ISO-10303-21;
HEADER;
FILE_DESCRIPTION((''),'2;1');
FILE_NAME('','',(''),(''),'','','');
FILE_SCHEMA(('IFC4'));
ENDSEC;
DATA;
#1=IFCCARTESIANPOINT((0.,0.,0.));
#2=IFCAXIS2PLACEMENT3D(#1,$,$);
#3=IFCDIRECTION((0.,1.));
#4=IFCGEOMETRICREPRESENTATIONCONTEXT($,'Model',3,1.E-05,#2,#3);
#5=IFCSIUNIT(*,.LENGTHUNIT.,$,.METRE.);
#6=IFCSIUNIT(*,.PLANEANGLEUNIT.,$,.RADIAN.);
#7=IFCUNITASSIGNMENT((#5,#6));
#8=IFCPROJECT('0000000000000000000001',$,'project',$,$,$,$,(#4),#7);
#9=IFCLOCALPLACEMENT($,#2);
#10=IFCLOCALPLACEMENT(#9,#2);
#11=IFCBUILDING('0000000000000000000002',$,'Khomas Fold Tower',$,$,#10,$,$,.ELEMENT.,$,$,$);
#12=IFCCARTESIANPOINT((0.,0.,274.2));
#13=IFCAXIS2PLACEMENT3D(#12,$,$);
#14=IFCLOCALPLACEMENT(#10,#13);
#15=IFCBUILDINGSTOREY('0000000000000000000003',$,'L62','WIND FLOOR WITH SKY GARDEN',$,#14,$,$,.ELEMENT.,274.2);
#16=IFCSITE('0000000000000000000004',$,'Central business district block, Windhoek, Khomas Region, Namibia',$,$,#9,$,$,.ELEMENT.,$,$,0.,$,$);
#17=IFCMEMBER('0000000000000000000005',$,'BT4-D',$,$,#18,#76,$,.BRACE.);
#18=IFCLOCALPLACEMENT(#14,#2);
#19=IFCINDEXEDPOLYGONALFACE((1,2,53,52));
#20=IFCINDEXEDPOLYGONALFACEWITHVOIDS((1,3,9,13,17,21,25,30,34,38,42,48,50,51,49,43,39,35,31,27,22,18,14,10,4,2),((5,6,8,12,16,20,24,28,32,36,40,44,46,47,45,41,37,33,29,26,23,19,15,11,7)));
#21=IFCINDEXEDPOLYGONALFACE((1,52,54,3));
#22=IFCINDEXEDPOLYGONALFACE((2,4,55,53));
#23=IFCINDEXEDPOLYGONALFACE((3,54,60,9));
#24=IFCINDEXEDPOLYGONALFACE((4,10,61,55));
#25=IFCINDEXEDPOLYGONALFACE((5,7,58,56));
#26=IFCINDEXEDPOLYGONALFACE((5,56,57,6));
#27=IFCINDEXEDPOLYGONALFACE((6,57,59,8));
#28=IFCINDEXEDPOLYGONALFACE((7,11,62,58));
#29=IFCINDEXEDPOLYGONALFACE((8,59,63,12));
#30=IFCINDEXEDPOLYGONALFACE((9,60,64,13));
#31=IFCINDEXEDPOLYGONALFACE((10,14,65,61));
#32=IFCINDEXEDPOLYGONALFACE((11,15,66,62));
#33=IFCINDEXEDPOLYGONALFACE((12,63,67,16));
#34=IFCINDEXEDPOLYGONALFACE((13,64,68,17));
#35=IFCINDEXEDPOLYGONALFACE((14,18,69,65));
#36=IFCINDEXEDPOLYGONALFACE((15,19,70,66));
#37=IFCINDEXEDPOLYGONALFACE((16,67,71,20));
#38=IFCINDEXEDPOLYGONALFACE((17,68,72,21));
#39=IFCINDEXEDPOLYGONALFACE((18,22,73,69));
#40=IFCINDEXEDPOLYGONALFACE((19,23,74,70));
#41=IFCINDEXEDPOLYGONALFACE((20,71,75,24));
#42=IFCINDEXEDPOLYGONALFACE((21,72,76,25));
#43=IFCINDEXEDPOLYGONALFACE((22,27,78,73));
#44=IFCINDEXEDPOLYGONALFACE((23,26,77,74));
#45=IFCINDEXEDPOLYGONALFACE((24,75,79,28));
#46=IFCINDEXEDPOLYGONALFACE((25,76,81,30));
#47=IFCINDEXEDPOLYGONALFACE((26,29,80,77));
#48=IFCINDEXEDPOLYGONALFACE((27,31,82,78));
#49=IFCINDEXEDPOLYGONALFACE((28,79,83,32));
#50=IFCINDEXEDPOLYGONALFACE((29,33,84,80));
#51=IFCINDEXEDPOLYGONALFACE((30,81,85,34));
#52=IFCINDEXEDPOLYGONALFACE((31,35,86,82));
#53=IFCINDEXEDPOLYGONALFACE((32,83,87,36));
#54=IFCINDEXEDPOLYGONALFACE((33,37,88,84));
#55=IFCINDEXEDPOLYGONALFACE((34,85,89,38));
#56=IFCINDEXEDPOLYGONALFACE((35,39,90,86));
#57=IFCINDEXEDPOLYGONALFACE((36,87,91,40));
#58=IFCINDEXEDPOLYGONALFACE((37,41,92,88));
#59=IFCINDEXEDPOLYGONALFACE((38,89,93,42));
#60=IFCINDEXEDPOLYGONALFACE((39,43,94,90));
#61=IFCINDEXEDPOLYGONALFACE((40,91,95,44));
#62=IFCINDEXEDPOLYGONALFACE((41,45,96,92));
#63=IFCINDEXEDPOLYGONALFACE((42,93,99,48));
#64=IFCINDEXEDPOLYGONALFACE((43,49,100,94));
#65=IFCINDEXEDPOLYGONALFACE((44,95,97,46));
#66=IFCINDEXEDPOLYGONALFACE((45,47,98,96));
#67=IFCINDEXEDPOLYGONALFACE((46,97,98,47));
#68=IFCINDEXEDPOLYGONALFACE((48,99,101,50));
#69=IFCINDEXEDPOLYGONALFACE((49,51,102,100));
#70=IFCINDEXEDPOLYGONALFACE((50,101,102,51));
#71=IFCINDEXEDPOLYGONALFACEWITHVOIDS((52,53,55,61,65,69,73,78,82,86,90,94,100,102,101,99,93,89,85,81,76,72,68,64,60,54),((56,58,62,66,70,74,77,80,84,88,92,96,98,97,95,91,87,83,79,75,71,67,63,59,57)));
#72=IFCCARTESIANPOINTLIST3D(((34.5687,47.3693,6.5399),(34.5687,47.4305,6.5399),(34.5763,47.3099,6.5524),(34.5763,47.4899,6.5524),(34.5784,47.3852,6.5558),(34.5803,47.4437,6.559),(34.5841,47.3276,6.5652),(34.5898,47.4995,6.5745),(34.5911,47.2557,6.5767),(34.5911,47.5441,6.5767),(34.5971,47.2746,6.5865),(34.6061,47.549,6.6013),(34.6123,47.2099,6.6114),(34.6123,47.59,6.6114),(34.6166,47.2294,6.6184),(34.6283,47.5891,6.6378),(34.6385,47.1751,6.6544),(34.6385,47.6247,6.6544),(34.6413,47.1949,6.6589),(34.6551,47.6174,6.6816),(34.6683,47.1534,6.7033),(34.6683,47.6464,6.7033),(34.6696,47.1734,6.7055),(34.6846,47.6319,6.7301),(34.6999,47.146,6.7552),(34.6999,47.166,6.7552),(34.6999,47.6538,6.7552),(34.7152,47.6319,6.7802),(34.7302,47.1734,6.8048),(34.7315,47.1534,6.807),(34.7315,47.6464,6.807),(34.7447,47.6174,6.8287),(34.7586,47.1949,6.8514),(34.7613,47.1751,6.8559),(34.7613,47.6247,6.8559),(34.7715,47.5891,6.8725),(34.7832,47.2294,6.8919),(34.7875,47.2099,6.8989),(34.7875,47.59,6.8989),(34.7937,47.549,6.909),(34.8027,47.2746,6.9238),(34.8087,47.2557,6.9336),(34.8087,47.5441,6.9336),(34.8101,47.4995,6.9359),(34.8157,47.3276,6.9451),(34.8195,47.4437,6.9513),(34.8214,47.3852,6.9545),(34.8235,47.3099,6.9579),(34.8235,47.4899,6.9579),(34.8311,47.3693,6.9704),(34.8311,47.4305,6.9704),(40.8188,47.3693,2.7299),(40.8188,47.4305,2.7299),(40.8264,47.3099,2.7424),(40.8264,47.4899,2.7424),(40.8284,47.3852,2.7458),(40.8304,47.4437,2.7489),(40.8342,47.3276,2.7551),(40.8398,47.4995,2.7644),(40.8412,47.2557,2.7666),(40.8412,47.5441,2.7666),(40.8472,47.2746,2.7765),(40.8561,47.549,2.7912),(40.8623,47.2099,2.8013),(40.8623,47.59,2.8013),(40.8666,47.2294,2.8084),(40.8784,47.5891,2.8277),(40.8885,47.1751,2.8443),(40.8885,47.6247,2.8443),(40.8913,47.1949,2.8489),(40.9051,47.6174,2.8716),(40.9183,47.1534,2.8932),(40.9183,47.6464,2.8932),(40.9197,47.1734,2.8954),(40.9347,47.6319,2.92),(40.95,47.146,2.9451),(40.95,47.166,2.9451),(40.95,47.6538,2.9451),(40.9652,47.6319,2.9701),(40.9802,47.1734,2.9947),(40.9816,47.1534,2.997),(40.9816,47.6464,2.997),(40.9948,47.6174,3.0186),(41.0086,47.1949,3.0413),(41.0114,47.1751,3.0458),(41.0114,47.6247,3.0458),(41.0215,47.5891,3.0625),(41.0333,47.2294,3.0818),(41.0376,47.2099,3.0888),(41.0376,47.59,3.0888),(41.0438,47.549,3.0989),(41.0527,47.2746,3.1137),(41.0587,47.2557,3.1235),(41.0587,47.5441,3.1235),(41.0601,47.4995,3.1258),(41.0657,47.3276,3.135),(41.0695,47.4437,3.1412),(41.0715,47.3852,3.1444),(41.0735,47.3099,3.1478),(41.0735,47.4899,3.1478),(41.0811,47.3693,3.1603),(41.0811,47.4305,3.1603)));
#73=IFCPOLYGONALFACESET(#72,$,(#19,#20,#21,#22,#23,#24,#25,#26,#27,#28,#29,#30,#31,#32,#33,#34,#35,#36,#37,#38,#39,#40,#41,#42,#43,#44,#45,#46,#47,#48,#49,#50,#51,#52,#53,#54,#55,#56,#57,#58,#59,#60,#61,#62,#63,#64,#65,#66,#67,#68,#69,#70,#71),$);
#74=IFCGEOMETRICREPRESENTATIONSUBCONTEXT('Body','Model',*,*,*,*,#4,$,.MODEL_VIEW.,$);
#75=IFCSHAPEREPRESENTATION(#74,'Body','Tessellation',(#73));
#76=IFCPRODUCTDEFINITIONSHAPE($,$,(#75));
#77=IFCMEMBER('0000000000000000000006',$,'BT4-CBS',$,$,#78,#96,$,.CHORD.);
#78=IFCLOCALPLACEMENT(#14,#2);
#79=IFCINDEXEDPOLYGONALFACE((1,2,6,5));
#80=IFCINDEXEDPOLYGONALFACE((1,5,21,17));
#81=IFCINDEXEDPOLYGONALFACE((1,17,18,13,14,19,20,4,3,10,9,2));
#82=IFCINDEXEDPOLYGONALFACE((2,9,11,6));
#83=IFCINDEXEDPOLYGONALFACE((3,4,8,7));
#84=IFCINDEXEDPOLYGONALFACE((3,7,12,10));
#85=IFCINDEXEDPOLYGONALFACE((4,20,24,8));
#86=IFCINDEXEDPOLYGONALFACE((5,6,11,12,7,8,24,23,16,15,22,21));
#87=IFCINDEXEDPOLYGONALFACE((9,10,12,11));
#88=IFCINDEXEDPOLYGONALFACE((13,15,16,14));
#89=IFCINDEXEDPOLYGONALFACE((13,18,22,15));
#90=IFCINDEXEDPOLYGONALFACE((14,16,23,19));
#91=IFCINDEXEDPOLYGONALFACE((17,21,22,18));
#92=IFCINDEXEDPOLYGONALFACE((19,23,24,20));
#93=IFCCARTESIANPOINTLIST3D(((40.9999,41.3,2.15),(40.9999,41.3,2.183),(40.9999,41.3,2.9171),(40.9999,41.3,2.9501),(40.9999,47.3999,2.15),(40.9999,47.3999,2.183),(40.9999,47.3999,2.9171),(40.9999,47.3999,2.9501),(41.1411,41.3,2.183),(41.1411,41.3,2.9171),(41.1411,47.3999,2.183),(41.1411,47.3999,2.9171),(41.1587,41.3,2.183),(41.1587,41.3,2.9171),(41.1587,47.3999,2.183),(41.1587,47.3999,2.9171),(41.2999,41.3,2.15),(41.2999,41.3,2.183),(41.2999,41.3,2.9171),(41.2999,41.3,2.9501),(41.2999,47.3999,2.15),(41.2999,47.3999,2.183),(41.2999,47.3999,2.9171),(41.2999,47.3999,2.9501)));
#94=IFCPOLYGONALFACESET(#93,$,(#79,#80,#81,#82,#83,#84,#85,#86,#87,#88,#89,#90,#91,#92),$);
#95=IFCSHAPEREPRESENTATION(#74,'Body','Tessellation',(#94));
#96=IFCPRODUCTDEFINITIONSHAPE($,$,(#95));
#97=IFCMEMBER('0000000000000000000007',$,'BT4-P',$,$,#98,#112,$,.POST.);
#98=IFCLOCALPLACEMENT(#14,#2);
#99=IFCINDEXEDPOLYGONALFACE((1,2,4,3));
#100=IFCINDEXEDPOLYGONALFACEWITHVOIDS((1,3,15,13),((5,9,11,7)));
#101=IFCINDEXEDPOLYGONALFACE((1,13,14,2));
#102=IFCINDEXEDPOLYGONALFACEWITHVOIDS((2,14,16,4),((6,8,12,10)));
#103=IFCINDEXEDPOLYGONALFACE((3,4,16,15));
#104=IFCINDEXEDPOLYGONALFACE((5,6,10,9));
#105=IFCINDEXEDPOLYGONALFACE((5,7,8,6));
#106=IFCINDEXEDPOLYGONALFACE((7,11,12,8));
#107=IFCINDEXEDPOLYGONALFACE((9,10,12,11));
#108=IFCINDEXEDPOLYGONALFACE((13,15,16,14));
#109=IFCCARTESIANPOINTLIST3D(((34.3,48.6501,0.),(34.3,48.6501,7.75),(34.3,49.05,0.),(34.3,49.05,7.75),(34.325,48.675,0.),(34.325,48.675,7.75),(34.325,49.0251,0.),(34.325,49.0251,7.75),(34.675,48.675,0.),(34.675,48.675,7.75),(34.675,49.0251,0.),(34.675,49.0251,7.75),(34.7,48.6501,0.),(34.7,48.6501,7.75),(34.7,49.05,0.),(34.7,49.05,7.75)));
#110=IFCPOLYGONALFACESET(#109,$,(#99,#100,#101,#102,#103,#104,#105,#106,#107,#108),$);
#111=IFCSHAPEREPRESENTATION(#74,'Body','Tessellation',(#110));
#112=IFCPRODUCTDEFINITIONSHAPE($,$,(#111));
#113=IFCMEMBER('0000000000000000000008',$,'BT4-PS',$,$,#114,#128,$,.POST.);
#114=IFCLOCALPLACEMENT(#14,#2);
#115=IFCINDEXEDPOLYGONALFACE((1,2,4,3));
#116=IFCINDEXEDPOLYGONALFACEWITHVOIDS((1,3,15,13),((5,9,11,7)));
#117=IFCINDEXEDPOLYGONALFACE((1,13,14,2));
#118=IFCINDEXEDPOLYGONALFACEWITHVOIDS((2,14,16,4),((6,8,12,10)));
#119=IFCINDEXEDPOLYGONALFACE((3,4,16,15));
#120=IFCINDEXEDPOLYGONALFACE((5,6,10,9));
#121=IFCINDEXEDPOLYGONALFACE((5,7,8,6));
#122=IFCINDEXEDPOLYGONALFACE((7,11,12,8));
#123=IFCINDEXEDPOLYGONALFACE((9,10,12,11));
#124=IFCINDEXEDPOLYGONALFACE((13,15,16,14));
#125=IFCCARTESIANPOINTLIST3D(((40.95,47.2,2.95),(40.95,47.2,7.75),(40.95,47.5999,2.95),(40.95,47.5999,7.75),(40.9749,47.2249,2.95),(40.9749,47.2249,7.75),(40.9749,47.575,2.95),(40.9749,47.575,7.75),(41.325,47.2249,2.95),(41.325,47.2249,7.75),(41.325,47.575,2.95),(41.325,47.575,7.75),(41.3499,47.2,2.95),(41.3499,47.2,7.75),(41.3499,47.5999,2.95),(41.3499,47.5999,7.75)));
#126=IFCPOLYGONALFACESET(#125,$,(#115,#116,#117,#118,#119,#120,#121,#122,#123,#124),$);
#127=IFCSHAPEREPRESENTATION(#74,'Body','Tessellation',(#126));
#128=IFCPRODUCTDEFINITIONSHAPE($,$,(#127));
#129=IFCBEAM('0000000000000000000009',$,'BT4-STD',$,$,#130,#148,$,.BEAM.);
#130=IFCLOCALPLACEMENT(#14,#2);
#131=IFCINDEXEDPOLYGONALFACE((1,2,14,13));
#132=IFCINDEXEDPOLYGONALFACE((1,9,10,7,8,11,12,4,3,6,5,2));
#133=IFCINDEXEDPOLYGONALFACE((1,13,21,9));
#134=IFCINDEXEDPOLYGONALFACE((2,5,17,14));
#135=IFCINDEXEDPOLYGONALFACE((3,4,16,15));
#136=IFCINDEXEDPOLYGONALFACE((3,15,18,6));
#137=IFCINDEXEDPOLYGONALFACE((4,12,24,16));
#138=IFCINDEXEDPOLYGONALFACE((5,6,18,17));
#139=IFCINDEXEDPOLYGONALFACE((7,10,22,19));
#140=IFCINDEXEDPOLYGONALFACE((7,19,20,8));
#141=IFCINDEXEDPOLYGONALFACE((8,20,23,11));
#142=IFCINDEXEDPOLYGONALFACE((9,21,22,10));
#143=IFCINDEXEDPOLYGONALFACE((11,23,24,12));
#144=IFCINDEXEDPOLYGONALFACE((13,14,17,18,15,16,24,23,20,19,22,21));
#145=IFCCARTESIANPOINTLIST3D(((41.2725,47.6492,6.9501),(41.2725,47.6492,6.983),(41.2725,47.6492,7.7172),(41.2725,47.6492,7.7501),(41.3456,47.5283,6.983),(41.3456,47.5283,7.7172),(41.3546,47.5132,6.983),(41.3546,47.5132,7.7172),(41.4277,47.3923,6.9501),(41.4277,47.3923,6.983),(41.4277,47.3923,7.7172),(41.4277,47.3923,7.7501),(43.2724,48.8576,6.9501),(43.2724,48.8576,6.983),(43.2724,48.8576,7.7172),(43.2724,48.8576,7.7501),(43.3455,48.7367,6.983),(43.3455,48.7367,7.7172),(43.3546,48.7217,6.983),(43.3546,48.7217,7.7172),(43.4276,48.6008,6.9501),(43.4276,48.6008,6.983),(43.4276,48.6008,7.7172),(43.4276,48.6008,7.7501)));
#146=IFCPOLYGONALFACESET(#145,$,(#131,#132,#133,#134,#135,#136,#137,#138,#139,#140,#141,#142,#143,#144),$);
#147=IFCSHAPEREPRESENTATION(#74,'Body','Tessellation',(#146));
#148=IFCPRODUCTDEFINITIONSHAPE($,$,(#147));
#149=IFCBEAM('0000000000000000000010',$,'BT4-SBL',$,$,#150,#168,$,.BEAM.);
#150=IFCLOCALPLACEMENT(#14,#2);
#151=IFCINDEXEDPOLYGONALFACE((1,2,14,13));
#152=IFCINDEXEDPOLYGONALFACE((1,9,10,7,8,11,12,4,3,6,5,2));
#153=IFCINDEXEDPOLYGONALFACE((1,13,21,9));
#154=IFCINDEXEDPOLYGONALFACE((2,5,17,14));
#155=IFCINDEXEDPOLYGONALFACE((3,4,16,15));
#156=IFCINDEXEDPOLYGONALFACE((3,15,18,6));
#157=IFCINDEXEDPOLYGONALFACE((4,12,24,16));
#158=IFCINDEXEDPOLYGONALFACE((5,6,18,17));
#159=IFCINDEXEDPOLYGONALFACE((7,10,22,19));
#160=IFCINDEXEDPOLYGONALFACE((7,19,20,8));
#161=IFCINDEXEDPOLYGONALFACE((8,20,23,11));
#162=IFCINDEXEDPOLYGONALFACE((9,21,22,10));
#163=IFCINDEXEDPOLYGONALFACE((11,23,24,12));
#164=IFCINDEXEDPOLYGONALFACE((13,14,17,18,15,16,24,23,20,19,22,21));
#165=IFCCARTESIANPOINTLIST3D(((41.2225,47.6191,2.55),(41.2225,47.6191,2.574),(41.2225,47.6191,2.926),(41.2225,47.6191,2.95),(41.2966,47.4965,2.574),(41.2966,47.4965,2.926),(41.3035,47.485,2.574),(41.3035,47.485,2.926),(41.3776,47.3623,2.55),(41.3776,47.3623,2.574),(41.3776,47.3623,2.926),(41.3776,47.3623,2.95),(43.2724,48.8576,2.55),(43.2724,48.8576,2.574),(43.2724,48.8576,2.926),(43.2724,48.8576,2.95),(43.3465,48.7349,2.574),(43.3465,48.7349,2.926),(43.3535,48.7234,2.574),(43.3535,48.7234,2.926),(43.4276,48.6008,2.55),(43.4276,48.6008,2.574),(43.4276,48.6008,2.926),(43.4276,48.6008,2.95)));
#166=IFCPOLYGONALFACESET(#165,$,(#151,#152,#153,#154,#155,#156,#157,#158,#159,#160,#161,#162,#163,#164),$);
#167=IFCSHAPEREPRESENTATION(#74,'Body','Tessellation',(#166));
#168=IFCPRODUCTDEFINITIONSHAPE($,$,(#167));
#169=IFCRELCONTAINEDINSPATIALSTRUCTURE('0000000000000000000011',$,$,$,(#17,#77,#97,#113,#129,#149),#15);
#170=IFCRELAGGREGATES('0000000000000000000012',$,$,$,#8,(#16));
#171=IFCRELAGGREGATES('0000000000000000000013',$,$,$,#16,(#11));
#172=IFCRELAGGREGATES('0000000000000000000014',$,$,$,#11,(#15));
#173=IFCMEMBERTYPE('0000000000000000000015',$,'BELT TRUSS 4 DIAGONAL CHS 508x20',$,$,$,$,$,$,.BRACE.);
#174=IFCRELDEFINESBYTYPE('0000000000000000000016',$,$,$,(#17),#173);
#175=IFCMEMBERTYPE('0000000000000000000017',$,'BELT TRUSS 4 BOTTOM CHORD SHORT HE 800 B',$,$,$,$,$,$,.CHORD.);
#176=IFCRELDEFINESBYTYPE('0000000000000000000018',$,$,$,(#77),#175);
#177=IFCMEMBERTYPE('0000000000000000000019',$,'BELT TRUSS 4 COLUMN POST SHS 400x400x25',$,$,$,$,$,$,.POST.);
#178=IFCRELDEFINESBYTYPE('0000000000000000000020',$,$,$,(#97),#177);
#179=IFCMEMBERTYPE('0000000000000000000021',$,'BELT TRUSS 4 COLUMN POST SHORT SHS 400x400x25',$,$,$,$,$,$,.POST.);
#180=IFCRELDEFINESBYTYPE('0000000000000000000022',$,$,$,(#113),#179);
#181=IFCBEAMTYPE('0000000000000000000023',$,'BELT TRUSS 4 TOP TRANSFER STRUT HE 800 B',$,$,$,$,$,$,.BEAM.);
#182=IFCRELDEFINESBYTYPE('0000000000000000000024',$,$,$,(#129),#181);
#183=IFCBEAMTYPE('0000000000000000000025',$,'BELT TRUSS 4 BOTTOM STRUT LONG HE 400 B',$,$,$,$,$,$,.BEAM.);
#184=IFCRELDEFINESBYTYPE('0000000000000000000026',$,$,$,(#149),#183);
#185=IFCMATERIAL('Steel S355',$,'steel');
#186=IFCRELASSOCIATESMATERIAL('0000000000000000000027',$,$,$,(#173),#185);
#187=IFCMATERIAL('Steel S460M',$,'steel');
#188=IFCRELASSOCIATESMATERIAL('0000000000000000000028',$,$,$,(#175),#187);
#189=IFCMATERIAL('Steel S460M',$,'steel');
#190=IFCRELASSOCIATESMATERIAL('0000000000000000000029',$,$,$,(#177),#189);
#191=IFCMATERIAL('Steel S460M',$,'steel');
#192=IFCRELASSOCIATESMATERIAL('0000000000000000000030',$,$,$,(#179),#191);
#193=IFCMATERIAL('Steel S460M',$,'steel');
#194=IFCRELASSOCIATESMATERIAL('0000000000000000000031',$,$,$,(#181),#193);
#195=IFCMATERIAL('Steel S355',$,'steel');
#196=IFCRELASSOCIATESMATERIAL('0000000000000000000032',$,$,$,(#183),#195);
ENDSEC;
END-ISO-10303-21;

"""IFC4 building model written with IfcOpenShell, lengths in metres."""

from ifc_helpers import new_model, si_unit, direction, frame, origin, origin_2d, place, context, subcontext, project, spatial, hollow_rectangle, hollow_circle, i_section, extrude, source, transform, mapped, material, material_profile, profile_set, type_object, element, save


model = new_model("IFC4")

# Units and contexts
model_context = context("Model", 3, precision=1e-05, world=origin(), true_north=direction((0.0, 1.0)))
body_context = subcontext(model_context, "Body", "Model", "MODEL_VIEW")
ifc_project = project(units=[si_unit("LENGTHUNIT", "METRE"), si_unit("PLANEANGLEUNIT", "RADIAN")], contexts=[model_context])

# Site, building, storey
site_placement = place(None, origin())
site = spatial("IfcSite", under=ifc_project, at=site_placement, Name="Central business district block, Windhoek, Khomas Region, Namibia", CompositionType="ELEMENT", RefElevation=0.0)
building_placement = place(site_placement, origin())
building = spatial("IfcBuilding", under=site, at=building_placement, Name="Khomas Fold Tower", CompositionType="ELEMENT")
storey_placement = place(building_placement, frame((0.0, 0.0, 274.2)))
storey = spatial("IfcBuildingStorey", under=building, at=storey_placement, Name="L62", Description="WIND FLOOR WITH SKY GARDEN", CompositionType="ELEMENT", Elevation=274.2)

# Members
ifc_material_1 = material(Name="Steel S355", Category="steel")
ifc_material_profile_1 = material_profile(ifc_material_1, hollow_circle(Radius=0.2539, WallThickness=0.02, at=origin_2d()), Name="CHS 508x20")
ifc_profile_set_1 = profile_set([ifc_material_profile_1], Name="Steel S355")
member_type_1 = type_object("IfcMemberType", Name="BELT TRUSS 4 DIAGONAL CHS 508x20", PredefinedType="BRACE", material=ifc_profile_set_1)
shared_shape_1 = source(origin(), body_context, "Body", "SweptSolid", [
    extrude(hollow_circle(Radius=0.2539, WallThickness=0.02, at=origin_2d()), origin(), (0.0, 0.0, 1.0), 7.3198),
])
member_1_placement = place(storey_placement, frame((40.95, 47.3999, 2.9451), z_axis=(-0.853852, 0.0, 0.520516), x_axis=(0.0, -1.0, 0.0)))
element("IfcMember", 1, at=member_1_placement, inside=storey, type_object=member_type_1, Name="BT4-D", PredefinedType="BRACE", context=body_context, shape_type="MappedRepresentation", body=[
    mapped(shared_shape_1, transform((0.0, 0.0, 0.0))),
])
ifc_material_2 = material(Name="Steel S460M", Category="steel")
ifc_material_profile_2 = material_profile(ifc_material_2, i_section(OverallWidth=0.3, OverallDepth=0.8, WebThickness=0.0176, FlangeThickness=0.033, at=origin_2d()), Name="HE 800 B")
ifc_profile_set_2 = profile_set([ifc_material_profile_2], Name="Steel S460M")
member_type_2 = type_object("IfcMemberType", Name="BELT TRUSS 4 BOTTOM CHORD SHORT HE 800 B", PredefinedType="CHORD", material=ifc_profile_set_2)
shared_shape_2 = source(origin(), body_context, "Body", "SweptSolid", [
    extrude(i_section(OverallWidth=0.3, OverallDepth=0.8, WebThickness=0.0176, FlangeThickness=0.033, at=origin_2d()), origin(), (0.0, 0.0, 1.0), 6.0999),
])
member_2_placement = place(storey_placement, frame((41.1499, 47.3999, 2.55), z_axis=(0.0, -1.0, 0.0), x_axis=(1.0, 0.0, 0.0)))
element("IfcMember", 2, at=member_2_placement, inside=storey, type_object=member_type_2, Name="BT4-CBS", PredefinedType="CHORD", context=body_context, shape_type="MappedRepresentation", body=[
    mapped(shared_shape_2, transform((0.0, 0.0, 0.0))),
])
ifc_material_3 = material(Name="Steel S460M", Category="steel")
ifc_material_profile_3 = material_profile(ifc_material_3, hollow_rectangle(XDim=0.3999, YDim=0.3999, WallThickness=0.0249, at=origin_2d()), Name="SHS 400x400x25")
ifc_profile_set_3 = profile_set([ifc_material_profile_3], Name="Steel S460M")
member_type_3 = type_object("IfcMemberType", Name="BELT TRUSS 4 COLUMN POST SHS 400x400x25", PredefinedType="POST", material=ifc_profile_set_3)
shared_shape_3 = source(origin(), body_context, "Body", "SweptSolid", [
    extrude(hollow_rectangle(XDim=0.3999, YDim=0.3999, WallThickness=0.0249, at=origin_2d()), origin(), (0.0, 0.0, 1.0), 7.75),
])
member_3_placement = place(storey_placement, frame((34.5, 48.8501, 0.0), z_axis=(0.0, 0.0, 1.0), x_axis=(1.0, 0.0, 0.0)))
element("IfcMember", 3, at=member_3_placement, inside=storey, type_object=member_type_3, Name="BT4-P", PredefinedType="POST", context=body_context, shape_type="MappedRepresentation", body=[
    mapped(shared_shape_3, transform((0.0, 0.0, 0.0))),
])
ifc_material_4 = material(Name="Steel S460M", Category="steel")
ifc_material_profile_4 = material_profile(ifc_material_4, hollow_rectangle(XDim=0.3999, YDim=0.3999, WallThickness=0.0249, at=origin_2d()), Name="SHS 400x400x25")
ifc_profile_set_4 = profile_set([ifc_material_profile_4], Name="Steel S460M")
member_type_4 = type_object("IfcMemberType", Name="BELT TRUSS 4 COLUMN POST SHORT SHS 400x400x25", PredefinedType="POST", material=ifc_profile_set_4)
shared_shape_4 = source(origin(), body_context, "Body", "SweptSolid", [
    extrude(hollow_rectangle(XDim=0.3999, YDim=0.3999, WallThickness=0.0249, at=origin_2d()), origin(), (0.0, 0.0, 1.0), 4.8),
])
member_4_placement = place(storey_placement, frame((41.1499, 47.3999, 2.95), z_axis=(0.0, 0.0, 1.0), x_axis=(1.0, 0.0, 0.0)))
element("IfcMember", 4, at=member_4_placement, inside=storey, type_object=member_type_4, Name="BT4-PS", PredefinedType="POST", context=body_context, shape_type="MappedRepresentation", body=[
    mapped(shared_shape_4, transform((0.0, 0.0, 0.0))),
])

# Beams
ifc_material_5 = material(Name="Steel S460M", Category="steel")
ifc_material_profile_5 = material_profile(ifc_material_5, i_section(OverallWidth=0.3, OverallDepth=0.8, WebThickness=0.0176, FlangeThickness=0.033, at=origin_2d()), Name="HE 800 B")
ifc_profile_set_5 = profile_set([ifc_material_profile_5], Name="Steel S460M")
beam_type_1 = type_object("IfcBeamType", Name="BELT TRUSS 4 TOP TRANSFER STRUT HE 800 B", PredefinedType="BEAM", material=ifc_profile_set_5)
shared_shape_5 = source(origin(), body_context, "Body", "SweptSolid", [
    extrude(i_section(OverallWidth=0.3, OverallDepth=0.8, WebThickness=0.0176, FlangeThickness=0.033, at=origin_2d()), origin(), (0.0, 0.0, 1.0), 2.3367),
])
beam_1_placement = place(storey_placement, frame((41.3501, 47.5208, 7.3501), z_axis=(0.855885, 0.517167, 0.0), x_axis=(-0.517167, 0.855885, 0.0)))
element("IfcBeam", 5, at=beam_1_placement, inside=storey, type_object=beam_type_1, Name="BT4-STD", PredefinedType="BEAM", context=body_context, shape_type="MappedRepresentation", body=[
    mapped(shared_shape_5, transform((0.0, 0.0, 0.0))),
])
ifc_material_6 = material(Name="Steel S355", Category="steel")
ifc_material_profile_6 = material_profile(ifc_material_6, i_section(OverallWidth=0.3, OverallDepth=0.3999, WebThickness=0.0134, FlangeThickness=0.0239, at=origin_2d()), Name="HE 400 B")
ifc_profile_set_6 = profile_set([ifc_material_profile_6], Name="Steel S355")
beam_type_2 = type_object("IfcBeamType", Name="BELT TRUSS 4 BOTTOM STRUT LONG HE 400 B", PredefinedType="BEAM", material=ifc_profile_set_6)
shared_shape_6 = source(origin(), body_context, "Body", "SweptSolid", [
    extrude(i_section(OverallWidth=0.3, OverallDepth=0.3999, WebThickness=0.0134, FlangeThickness=0.0239, at=origin_2d()), origin(), (0.0, 0.0, 1.0), 2.395),
])
beam_2_placement = place(storey_placement, frame((41.3, 47.4907, 2.75), z_axis=(0.855924, 0.517102, 0.0), x_axis=(-0.517102, 0.855924, 0.0)))
element("IfcBeam", 6, at=beam_2_placement, inside=storey, type_object=beam_type_2, Name="BT4-SBL", PredefinedType="BEAM", context=body_context, shape_type="MappedRepresentation", body=[
    mapped(shared_shape_6, transform((0.0, 0.0, 0.0))),
])

save(model, "model.ifc")
